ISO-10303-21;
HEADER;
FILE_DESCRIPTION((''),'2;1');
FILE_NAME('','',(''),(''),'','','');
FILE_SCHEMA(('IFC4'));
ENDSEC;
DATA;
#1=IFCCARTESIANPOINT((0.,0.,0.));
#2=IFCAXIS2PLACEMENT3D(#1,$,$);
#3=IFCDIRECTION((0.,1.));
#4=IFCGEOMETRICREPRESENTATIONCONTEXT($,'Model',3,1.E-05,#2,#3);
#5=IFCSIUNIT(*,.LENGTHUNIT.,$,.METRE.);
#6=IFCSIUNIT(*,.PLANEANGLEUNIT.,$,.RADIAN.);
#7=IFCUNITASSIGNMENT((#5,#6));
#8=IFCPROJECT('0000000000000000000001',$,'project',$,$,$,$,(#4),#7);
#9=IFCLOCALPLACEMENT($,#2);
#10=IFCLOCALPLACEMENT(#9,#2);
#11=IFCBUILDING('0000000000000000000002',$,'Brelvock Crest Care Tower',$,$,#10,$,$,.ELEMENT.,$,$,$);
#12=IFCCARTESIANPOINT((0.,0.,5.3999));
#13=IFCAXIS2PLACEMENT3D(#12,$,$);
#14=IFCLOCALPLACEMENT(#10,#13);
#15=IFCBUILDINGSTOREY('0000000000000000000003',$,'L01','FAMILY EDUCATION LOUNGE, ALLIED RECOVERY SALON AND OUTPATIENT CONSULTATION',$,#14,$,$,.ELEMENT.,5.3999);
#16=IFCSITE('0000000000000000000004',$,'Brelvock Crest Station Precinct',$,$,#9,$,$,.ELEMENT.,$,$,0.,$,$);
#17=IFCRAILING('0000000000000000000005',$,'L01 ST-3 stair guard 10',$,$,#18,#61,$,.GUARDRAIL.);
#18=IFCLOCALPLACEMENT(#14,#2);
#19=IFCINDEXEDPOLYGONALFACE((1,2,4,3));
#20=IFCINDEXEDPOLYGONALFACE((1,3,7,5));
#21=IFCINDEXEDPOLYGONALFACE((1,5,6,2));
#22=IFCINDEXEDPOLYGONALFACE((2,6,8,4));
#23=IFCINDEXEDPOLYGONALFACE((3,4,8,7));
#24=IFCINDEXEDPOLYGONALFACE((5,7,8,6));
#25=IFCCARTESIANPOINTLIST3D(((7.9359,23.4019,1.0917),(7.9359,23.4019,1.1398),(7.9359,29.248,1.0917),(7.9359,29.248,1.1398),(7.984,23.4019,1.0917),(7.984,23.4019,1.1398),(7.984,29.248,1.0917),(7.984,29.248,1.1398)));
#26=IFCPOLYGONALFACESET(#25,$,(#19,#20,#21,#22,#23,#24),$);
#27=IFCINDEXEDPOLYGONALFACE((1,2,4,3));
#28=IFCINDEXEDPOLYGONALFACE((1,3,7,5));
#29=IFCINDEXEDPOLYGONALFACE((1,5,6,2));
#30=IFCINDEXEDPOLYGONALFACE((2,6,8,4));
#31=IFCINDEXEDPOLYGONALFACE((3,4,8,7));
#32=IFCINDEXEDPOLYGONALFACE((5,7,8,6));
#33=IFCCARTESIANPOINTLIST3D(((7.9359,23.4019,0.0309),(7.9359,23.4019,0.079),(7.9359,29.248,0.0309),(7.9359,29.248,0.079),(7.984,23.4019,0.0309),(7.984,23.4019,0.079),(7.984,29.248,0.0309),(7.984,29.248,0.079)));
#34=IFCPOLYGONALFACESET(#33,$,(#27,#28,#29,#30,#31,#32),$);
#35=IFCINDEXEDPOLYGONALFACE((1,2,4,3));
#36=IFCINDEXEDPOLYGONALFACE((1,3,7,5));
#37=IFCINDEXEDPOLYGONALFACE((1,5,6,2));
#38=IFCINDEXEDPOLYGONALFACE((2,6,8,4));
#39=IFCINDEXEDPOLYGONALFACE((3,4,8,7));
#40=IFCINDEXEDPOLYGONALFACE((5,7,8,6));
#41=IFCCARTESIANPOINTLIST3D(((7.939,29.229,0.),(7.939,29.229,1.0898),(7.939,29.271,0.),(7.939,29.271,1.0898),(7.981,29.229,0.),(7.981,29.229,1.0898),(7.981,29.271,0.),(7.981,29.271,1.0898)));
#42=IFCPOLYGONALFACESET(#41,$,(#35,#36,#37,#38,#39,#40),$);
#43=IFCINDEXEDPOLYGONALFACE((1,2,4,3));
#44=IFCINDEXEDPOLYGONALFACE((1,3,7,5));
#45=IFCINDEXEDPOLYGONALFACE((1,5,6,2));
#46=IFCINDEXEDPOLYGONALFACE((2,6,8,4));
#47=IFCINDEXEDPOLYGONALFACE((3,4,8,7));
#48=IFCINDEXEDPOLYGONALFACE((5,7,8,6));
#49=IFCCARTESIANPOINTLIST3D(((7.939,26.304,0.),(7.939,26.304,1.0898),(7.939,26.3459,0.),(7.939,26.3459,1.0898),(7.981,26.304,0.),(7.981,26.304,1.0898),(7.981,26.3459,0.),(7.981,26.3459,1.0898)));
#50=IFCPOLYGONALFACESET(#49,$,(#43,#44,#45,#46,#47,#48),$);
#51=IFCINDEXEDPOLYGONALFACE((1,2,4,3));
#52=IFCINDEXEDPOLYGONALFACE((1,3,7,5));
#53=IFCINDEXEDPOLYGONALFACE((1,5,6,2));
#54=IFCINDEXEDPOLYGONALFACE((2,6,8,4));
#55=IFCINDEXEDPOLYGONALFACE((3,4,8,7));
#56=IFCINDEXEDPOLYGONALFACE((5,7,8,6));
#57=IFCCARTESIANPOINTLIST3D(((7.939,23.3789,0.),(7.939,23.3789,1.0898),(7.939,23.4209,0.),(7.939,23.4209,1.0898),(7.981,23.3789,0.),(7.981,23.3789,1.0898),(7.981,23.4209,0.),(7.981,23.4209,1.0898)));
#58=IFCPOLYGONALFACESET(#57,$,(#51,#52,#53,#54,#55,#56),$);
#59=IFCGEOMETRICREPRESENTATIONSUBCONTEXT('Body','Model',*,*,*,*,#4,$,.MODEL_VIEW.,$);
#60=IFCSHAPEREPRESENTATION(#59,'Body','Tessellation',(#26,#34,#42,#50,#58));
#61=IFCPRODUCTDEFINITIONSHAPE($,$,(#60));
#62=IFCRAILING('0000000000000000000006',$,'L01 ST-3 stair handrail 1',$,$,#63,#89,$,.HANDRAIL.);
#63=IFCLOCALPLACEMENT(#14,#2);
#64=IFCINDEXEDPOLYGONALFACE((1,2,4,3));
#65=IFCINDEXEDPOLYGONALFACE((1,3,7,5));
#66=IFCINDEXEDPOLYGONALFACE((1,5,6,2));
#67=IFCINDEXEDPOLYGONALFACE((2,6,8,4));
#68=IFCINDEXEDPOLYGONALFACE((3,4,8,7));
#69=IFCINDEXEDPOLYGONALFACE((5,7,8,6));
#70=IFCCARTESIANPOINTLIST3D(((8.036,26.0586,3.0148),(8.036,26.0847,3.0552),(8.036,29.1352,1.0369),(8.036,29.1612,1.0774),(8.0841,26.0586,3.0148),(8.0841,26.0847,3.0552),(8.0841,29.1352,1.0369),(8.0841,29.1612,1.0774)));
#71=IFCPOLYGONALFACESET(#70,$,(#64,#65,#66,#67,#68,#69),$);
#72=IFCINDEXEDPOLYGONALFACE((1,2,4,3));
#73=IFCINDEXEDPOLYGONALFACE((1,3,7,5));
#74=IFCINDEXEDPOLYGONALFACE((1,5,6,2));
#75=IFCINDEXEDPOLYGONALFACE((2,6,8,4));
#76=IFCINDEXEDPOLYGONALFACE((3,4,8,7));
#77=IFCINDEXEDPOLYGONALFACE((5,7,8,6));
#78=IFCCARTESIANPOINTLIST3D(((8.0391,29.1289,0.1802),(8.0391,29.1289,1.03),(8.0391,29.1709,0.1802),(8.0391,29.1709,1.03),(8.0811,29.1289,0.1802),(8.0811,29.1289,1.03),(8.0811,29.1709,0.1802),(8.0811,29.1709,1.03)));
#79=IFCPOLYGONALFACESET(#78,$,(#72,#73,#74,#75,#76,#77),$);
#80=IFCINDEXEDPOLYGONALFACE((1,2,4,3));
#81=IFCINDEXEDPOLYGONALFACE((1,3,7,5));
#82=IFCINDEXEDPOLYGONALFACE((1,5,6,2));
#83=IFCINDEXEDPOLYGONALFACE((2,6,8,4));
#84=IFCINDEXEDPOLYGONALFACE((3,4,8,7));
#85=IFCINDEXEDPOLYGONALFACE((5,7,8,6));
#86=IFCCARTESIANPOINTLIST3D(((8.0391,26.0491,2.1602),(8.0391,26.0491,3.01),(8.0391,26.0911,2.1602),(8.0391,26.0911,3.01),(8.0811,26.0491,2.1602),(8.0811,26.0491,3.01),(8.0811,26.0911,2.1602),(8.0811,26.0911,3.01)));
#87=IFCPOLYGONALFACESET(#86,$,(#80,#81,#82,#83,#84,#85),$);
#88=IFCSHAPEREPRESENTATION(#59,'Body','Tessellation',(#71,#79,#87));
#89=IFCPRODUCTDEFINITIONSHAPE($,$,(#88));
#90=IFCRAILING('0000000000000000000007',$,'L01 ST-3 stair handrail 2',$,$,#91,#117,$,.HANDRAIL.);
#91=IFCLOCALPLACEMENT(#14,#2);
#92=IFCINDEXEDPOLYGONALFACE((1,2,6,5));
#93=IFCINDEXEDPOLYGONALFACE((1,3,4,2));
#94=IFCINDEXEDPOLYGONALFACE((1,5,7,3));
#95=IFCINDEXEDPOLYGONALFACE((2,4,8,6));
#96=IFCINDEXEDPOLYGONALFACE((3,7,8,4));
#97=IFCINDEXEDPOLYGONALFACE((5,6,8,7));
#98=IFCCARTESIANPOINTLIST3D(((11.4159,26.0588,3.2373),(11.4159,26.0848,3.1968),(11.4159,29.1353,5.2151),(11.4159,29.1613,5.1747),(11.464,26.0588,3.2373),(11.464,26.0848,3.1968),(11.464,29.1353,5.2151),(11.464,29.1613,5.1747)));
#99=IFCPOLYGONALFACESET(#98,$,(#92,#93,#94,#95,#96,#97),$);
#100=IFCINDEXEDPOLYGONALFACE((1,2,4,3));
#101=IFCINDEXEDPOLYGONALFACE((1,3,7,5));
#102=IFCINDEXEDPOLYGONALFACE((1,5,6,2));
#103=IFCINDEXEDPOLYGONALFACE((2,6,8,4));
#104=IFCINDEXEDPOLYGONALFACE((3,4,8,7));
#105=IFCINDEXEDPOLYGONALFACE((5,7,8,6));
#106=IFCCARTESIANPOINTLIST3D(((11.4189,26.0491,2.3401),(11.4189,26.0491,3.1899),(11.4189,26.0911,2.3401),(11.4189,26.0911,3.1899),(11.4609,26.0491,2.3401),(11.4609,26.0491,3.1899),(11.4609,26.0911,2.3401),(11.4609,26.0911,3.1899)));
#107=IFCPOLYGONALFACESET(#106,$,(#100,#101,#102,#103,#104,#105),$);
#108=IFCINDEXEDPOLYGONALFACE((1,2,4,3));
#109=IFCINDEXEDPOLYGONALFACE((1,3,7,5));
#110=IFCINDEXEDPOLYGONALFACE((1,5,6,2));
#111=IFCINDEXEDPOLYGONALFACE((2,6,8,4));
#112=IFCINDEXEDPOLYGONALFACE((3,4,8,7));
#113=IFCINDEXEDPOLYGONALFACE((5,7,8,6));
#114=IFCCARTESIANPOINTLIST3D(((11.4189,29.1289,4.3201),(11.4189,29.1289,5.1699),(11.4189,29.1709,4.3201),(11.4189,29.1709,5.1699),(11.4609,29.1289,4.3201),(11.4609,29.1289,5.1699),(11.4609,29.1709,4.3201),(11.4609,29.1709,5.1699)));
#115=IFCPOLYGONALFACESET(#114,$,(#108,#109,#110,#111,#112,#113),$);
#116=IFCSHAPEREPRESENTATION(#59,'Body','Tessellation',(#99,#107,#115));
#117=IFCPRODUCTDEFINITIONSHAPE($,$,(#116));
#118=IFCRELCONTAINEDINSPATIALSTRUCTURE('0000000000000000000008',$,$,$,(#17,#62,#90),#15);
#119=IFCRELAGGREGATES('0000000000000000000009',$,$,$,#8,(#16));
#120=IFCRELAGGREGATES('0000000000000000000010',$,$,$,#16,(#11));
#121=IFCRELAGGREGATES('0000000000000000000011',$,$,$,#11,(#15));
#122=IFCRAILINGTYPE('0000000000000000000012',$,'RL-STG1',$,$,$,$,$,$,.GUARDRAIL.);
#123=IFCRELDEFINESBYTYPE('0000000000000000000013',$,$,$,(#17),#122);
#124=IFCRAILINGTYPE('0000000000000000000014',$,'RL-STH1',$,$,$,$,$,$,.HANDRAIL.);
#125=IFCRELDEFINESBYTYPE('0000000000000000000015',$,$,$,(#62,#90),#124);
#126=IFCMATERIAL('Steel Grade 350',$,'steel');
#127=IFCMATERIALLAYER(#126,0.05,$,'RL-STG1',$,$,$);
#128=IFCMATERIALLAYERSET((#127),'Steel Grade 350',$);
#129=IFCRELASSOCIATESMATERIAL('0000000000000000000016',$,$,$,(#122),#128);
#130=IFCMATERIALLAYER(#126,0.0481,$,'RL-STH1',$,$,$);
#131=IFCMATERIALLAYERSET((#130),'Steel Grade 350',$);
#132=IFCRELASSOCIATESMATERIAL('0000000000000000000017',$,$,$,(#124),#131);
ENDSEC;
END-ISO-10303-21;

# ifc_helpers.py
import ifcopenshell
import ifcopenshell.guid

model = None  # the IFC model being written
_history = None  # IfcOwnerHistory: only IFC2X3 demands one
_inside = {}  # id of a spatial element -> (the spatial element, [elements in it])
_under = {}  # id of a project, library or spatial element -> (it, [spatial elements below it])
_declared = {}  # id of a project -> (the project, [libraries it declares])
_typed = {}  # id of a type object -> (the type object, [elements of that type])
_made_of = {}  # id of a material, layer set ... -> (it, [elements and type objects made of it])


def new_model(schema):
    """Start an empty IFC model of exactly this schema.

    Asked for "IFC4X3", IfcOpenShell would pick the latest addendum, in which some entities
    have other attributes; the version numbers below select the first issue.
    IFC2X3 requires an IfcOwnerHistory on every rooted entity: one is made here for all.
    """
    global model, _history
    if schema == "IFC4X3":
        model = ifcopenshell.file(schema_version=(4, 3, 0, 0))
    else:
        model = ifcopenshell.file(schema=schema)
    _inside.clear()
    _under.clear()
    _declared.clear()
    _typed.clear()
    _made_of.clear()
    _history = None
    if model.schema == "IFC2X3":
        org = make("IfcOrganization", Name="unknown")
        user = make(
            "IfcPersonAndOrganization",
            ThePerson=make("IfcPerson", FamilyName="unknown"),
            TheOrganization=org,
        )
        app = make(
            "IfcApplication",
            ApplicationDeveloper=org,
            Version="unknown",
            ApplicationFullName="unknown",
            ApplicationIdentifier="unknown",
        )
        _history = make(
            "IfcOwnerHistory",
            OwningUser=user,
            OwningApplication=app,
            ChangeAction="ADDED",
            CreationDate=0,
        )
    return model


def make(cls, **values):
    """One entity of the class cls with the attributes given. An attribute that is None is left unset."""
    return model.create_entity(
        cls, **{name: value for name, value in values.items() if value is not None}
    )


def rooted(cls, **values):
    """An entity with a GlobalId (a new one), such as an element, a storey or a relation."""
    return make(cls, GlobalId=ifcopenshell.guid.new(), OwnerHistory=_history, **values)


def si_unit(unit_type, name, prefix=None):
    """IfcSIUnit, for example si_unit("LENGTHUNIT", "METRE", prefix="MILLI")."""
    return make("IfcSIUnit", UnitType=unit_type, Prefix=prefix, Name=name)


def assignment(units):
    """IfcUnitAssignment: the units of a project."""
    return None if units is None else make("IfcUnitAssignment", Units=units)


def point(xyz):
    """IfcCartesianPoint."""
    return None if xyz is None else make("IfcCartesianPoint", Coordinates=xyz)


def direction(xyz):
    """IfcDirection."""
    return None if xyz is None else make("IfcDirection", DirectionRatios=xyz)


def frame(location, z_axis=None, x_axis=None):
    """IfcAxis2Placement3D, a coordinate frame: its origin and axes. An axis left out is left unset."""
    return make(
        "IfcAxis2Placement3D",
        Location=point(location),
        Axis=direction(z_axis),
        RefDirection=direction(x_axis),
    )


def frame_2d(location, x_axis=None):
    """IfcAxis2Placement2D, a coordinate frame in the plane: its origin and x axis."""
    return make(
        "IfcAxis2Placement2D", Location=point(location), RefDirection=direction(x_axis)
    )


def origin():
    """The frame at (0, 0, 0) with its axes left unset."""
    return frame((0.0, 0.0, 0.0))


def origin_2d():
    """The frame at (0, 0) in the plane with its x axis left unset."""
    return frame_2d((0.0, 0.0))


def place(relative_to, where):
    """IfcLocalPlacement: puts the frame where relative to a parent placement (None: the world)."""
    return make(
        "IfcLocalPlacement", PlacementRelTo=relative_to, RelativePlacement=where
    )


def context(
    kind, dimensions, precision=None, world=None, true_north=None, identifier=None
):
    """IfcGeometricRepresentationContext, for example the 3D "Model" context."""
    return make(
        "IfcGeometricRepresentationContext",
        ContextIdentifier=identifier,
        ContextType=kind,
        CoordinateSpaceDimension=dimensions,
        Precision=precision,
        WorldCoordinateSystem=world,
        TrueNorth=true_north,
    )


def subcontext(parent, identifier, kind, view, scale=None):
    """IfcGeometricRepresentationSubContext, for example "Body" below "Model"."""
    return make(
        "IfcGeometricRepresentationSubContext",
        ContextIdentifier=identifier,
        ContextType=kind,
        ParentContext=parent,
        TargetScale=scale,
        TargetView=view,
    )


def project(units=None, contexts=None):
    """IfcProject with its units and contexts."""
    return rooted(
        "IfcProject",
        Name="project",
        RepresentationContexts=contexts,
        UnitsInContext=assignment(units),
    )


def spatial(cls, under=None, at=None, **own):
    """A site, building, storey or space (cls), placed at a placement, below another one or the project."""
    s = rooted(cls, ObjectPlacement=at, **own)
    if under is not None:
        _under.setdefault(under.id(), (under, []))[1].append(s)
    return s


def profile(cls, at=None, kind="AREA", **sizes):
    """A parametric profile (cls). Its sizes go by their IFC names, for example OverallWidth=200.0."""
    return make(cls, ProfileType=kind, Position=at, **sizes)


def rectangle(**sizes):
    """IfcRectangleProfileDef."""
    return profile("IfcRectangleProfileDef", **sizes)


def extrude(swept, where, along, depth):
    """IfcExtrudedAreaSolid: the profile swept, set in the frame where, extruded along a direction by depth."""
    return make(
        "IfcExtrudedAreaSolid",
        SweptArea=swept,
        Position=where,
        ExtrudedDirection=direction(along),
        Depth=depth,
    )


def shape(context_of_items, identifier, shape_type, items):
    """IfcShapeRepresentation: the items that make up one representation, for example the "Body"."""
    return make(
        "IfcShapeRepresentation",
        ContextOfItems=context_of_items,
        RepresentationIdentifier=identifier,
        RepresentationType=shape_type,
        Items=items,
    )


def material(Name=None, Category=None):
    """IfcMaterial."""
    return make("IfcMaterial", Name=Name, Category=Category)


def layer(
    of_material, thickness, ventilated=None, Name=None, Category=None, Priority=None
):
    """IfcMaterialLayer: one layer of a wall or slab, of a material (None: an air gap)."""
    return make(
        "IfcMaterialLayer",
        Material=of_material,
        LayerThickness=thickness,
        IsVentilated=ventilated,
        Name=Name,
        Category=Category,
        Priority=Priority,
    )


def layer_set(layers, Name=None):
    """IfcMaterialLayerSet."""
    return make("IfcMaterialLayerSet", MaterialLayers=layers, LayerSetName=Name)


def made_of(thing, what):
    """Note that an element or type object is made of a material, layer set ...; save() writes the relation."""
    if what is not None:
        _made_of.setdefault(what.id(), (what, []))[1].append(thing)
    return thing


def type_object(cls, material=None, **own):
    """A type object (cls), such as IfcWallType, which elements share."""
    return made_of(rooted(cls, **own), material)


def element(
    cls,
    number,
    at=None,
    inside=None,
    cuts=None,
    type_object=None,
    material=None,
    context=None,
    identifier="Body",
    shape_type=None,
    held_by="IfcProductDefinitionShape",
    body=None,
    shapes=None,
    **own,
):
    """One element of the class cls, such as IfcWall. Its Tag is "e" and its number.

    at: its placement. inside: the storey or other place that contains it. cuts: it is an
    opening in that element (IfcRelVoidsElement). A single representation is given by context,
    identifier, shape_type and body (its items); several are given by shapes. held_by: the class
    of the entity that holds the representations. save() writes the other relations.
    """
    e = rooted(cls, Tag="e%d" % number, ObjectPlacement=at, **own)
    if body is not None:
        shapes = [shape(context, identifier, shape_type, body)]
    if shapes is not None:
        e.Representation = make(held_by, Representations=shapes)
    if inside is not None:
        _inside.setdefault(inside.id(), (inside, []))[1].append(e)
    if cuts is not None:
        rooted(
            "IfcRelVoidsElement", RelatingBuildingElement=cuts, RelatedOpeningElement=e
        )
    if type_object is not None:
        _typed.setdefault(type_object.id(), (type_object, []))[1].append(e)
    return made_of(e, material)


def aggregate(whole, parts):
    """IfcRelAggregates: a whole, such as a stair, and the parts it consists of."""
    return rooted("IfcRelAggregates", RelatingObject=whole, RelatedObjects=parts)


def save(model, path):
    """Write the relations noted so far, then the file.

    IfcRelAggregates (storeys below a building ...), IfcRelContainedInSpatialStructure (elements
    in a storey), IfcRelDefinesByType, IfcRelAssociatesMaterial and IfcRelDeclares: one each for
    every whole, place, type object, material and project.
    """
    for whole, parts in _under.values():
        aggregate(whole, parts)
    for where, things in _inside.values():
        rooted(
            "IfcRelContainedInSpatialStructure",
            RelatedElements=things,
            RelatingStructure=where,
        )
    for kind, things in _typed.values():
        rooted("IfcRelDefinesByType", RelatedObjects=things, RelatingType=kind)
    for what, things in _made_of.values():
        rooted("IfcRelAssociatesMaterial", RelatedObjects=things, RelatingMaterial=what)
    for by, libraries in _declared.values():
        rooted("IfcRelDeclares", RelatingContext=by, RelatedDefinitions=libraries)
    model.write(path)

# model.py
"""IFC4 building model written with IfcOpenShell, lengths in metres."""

from ifc_helpers import new_model, si_unit, direction, frame, origin, origin_2d, place, context, subcontext, project, spatial, rectangle, extrude, material, layer, layer_set, type_object, element, save


model = new_model("IFC4")

# Units and contexts
model_context = context("Model", 3, precision=1e-05, world=origin(), true_north=direction((0.0, 1.0)))
body_context = subcontext(model_context, "Body", "Model", "MODEL_VIEW")
ifc_project = project(units=[si_unit("LENGTHUNIT", "METRE"), si_unit("PLANEANGLEUNIT", "RADIAN")], contexts=[model_context])

# Site, building, storey
site_placement = place(None, origin())
site = spatial("IfcSite", under=ifc_project, at=site_placement, Name="Brelvock Crest Station Precinct", CompositionType="ELEMENT", RefElevation=0.0)
building_placement = place(site_placement, origin())
building = spatial("IfcBuilding", under=site, at=building_placement, Name="Brelvock Crest Care Tower", CompositionType="ELEMENT")
storey_placement = place(building_placement, frame((0.0, 0.0, 5.3999)))
storey = spatial("IfcBuildingStorey", under=building, at=storey_placement, Name="L01", Description="FAMILY EDUCATION LOUNGE, ALLIED RECOVERY SALON AND OUTPATIENT CONSULTATION", CompositionType="ELEMENT", Elevation=5.3999)

# Railings
ifc_material_1 = material(Name="Steel Grade 350", Category="steel")
ifc_layer_1 = layer(ifc_material_1, 0.05, Name="RL-STG1")
ifc_layer_set_1 = layer_set([ifc_layer_1], Name="Steel Grade 350")
railing_type_1 = type_object("IfcRailingType", Name="RL-STG1", PredefinedType="GUARDRAIL", material=ifc_layer_set_1)
railing_1_placement = place(storey_placement, frame((7.96, 29.25, 0.0)))
element("IfcRailing", 1, at=railing_1_placement, inside=storey, type_object=railing_type_1, Name="L01 ST-3 stair guard 10", PredefinedType="GUARDRAIL", context=body_context, shape_type="SweptSolid", body=[
    extrude(rectangle(XDim=0.0481, YDim=0.0481, at=origin_2d()), frame((0.0, -0.002, 1.1157), z_axis=(0.0, -1.0, 0.0), x_axis=(1.0, 0.0, 0.0)), (0.0, 0.0, 1.0), 5.8462),
    extrude(rectangle(XDim=0.0481, YDim=0.0481, at=origin_2d()), frame((0.0, -0.002, 0.0549), z_axis=(0.0, -1.0, 0.0), x_axis=(1.0, 0.0, 0.0)), (0.0, 0.0, 1.0), 5.8462),
    extrude(rectangle(XDim=0.042, YDim=0.042, at=origin_2d()), origin(), (0.0, 0.0, 1.0), 1.0898),
    extrude(rectangle(XDim=0.042, YDim=0.042, at=origin_2d()), frame((0.0, -2.925, 0.0)), (0.0, 0.0, 1.0), 1.0898),
    extrude(rectangle(XDim=0.042, YDim=0.042, at=origin_2d()), frame((0.0, -5.8501, 0.0)), (0.0, 0.0, 1.0), 1.0898),
])
ifc_layer_2 = layer(ifc_material_1, 0.0481, Name="RL-STH1")
ifc_layer_set_2 = layer_set([ifc_layer_2], Name="Steel Grade 350")
railing_type_2 = type_object("IfcRailingType", Name="RL-STH1", PredefinedType="HANDRAIL", material=ifc_layer_set_2)
railing_2_placement = place(storey_placement, frame((8.0601, 29.1499, 0.1802)))
element("IfcRailing", 2, at=railing_2_placement, inside=storey, type_object=railing_type_2, Name="L01 ST-3 stair handrail 1", PredefinedType="HANDRAIL", context=body_context, shape_type="SweptSolid", body=[
    extrude(rectangle(XDim=0.0481, YDim=0.0481, at=origin_2d()), frame((0.0, -0.0017, 0.877), z_axis=(0.0, -0.841168, 0.540774), x_axis=(1.0, 0.0, 0.0)), (0.0, 0.0, 1.0), 3.6575),
    extrude(rectangle(XDim=0.042, YDim=0.042, at=origin_2d()), origin(), (0.0, 0.0, 1.0), 0.8499),
    extrude(rectangle(XDim=0.042, YDim=0.042, at=origin_2d()), frame((0.0, -3.0798, 1.98)), (0.0, 0.0, 1.0), 0.8499),
])
railing_3_placement = place(storey_placement, frame((11.4399, 26.0701, 2.3401)))
element("IfcRailing", 3, at=railing_3_placement, inside=storey, type_object=railing_type_2, Name="L01 ST-3 stair handrail 2", PredefinedType="HANDRAIL", context=body_context, shape_type="SweptSolid", body=[
    extrude(rectangle(XDim=0.0481, YDim=0.0481, at=origin_2d()), frame((0.0, 0.0017, 0.877), z_axis=(0.0, 0.841168, 0.540774), x_axis=(-1.0, 0.0, 0.0)), (0.0, 0.0, 1.0), 3.6575),
    extrude(rectangle(XDim=0.042, YDim=0.042, at=origin_2d()), origin(), (0.0, 0.0, 1.0), 0.8499),
    extrude(rectangle(XDim=0.042, YDim=0.042, at=origin_2d()), frame((0.0, 3.0798, 1.98)), (0.0, 0.0, 1.0), 0.8499),
])

save(model, "model.ifc")
